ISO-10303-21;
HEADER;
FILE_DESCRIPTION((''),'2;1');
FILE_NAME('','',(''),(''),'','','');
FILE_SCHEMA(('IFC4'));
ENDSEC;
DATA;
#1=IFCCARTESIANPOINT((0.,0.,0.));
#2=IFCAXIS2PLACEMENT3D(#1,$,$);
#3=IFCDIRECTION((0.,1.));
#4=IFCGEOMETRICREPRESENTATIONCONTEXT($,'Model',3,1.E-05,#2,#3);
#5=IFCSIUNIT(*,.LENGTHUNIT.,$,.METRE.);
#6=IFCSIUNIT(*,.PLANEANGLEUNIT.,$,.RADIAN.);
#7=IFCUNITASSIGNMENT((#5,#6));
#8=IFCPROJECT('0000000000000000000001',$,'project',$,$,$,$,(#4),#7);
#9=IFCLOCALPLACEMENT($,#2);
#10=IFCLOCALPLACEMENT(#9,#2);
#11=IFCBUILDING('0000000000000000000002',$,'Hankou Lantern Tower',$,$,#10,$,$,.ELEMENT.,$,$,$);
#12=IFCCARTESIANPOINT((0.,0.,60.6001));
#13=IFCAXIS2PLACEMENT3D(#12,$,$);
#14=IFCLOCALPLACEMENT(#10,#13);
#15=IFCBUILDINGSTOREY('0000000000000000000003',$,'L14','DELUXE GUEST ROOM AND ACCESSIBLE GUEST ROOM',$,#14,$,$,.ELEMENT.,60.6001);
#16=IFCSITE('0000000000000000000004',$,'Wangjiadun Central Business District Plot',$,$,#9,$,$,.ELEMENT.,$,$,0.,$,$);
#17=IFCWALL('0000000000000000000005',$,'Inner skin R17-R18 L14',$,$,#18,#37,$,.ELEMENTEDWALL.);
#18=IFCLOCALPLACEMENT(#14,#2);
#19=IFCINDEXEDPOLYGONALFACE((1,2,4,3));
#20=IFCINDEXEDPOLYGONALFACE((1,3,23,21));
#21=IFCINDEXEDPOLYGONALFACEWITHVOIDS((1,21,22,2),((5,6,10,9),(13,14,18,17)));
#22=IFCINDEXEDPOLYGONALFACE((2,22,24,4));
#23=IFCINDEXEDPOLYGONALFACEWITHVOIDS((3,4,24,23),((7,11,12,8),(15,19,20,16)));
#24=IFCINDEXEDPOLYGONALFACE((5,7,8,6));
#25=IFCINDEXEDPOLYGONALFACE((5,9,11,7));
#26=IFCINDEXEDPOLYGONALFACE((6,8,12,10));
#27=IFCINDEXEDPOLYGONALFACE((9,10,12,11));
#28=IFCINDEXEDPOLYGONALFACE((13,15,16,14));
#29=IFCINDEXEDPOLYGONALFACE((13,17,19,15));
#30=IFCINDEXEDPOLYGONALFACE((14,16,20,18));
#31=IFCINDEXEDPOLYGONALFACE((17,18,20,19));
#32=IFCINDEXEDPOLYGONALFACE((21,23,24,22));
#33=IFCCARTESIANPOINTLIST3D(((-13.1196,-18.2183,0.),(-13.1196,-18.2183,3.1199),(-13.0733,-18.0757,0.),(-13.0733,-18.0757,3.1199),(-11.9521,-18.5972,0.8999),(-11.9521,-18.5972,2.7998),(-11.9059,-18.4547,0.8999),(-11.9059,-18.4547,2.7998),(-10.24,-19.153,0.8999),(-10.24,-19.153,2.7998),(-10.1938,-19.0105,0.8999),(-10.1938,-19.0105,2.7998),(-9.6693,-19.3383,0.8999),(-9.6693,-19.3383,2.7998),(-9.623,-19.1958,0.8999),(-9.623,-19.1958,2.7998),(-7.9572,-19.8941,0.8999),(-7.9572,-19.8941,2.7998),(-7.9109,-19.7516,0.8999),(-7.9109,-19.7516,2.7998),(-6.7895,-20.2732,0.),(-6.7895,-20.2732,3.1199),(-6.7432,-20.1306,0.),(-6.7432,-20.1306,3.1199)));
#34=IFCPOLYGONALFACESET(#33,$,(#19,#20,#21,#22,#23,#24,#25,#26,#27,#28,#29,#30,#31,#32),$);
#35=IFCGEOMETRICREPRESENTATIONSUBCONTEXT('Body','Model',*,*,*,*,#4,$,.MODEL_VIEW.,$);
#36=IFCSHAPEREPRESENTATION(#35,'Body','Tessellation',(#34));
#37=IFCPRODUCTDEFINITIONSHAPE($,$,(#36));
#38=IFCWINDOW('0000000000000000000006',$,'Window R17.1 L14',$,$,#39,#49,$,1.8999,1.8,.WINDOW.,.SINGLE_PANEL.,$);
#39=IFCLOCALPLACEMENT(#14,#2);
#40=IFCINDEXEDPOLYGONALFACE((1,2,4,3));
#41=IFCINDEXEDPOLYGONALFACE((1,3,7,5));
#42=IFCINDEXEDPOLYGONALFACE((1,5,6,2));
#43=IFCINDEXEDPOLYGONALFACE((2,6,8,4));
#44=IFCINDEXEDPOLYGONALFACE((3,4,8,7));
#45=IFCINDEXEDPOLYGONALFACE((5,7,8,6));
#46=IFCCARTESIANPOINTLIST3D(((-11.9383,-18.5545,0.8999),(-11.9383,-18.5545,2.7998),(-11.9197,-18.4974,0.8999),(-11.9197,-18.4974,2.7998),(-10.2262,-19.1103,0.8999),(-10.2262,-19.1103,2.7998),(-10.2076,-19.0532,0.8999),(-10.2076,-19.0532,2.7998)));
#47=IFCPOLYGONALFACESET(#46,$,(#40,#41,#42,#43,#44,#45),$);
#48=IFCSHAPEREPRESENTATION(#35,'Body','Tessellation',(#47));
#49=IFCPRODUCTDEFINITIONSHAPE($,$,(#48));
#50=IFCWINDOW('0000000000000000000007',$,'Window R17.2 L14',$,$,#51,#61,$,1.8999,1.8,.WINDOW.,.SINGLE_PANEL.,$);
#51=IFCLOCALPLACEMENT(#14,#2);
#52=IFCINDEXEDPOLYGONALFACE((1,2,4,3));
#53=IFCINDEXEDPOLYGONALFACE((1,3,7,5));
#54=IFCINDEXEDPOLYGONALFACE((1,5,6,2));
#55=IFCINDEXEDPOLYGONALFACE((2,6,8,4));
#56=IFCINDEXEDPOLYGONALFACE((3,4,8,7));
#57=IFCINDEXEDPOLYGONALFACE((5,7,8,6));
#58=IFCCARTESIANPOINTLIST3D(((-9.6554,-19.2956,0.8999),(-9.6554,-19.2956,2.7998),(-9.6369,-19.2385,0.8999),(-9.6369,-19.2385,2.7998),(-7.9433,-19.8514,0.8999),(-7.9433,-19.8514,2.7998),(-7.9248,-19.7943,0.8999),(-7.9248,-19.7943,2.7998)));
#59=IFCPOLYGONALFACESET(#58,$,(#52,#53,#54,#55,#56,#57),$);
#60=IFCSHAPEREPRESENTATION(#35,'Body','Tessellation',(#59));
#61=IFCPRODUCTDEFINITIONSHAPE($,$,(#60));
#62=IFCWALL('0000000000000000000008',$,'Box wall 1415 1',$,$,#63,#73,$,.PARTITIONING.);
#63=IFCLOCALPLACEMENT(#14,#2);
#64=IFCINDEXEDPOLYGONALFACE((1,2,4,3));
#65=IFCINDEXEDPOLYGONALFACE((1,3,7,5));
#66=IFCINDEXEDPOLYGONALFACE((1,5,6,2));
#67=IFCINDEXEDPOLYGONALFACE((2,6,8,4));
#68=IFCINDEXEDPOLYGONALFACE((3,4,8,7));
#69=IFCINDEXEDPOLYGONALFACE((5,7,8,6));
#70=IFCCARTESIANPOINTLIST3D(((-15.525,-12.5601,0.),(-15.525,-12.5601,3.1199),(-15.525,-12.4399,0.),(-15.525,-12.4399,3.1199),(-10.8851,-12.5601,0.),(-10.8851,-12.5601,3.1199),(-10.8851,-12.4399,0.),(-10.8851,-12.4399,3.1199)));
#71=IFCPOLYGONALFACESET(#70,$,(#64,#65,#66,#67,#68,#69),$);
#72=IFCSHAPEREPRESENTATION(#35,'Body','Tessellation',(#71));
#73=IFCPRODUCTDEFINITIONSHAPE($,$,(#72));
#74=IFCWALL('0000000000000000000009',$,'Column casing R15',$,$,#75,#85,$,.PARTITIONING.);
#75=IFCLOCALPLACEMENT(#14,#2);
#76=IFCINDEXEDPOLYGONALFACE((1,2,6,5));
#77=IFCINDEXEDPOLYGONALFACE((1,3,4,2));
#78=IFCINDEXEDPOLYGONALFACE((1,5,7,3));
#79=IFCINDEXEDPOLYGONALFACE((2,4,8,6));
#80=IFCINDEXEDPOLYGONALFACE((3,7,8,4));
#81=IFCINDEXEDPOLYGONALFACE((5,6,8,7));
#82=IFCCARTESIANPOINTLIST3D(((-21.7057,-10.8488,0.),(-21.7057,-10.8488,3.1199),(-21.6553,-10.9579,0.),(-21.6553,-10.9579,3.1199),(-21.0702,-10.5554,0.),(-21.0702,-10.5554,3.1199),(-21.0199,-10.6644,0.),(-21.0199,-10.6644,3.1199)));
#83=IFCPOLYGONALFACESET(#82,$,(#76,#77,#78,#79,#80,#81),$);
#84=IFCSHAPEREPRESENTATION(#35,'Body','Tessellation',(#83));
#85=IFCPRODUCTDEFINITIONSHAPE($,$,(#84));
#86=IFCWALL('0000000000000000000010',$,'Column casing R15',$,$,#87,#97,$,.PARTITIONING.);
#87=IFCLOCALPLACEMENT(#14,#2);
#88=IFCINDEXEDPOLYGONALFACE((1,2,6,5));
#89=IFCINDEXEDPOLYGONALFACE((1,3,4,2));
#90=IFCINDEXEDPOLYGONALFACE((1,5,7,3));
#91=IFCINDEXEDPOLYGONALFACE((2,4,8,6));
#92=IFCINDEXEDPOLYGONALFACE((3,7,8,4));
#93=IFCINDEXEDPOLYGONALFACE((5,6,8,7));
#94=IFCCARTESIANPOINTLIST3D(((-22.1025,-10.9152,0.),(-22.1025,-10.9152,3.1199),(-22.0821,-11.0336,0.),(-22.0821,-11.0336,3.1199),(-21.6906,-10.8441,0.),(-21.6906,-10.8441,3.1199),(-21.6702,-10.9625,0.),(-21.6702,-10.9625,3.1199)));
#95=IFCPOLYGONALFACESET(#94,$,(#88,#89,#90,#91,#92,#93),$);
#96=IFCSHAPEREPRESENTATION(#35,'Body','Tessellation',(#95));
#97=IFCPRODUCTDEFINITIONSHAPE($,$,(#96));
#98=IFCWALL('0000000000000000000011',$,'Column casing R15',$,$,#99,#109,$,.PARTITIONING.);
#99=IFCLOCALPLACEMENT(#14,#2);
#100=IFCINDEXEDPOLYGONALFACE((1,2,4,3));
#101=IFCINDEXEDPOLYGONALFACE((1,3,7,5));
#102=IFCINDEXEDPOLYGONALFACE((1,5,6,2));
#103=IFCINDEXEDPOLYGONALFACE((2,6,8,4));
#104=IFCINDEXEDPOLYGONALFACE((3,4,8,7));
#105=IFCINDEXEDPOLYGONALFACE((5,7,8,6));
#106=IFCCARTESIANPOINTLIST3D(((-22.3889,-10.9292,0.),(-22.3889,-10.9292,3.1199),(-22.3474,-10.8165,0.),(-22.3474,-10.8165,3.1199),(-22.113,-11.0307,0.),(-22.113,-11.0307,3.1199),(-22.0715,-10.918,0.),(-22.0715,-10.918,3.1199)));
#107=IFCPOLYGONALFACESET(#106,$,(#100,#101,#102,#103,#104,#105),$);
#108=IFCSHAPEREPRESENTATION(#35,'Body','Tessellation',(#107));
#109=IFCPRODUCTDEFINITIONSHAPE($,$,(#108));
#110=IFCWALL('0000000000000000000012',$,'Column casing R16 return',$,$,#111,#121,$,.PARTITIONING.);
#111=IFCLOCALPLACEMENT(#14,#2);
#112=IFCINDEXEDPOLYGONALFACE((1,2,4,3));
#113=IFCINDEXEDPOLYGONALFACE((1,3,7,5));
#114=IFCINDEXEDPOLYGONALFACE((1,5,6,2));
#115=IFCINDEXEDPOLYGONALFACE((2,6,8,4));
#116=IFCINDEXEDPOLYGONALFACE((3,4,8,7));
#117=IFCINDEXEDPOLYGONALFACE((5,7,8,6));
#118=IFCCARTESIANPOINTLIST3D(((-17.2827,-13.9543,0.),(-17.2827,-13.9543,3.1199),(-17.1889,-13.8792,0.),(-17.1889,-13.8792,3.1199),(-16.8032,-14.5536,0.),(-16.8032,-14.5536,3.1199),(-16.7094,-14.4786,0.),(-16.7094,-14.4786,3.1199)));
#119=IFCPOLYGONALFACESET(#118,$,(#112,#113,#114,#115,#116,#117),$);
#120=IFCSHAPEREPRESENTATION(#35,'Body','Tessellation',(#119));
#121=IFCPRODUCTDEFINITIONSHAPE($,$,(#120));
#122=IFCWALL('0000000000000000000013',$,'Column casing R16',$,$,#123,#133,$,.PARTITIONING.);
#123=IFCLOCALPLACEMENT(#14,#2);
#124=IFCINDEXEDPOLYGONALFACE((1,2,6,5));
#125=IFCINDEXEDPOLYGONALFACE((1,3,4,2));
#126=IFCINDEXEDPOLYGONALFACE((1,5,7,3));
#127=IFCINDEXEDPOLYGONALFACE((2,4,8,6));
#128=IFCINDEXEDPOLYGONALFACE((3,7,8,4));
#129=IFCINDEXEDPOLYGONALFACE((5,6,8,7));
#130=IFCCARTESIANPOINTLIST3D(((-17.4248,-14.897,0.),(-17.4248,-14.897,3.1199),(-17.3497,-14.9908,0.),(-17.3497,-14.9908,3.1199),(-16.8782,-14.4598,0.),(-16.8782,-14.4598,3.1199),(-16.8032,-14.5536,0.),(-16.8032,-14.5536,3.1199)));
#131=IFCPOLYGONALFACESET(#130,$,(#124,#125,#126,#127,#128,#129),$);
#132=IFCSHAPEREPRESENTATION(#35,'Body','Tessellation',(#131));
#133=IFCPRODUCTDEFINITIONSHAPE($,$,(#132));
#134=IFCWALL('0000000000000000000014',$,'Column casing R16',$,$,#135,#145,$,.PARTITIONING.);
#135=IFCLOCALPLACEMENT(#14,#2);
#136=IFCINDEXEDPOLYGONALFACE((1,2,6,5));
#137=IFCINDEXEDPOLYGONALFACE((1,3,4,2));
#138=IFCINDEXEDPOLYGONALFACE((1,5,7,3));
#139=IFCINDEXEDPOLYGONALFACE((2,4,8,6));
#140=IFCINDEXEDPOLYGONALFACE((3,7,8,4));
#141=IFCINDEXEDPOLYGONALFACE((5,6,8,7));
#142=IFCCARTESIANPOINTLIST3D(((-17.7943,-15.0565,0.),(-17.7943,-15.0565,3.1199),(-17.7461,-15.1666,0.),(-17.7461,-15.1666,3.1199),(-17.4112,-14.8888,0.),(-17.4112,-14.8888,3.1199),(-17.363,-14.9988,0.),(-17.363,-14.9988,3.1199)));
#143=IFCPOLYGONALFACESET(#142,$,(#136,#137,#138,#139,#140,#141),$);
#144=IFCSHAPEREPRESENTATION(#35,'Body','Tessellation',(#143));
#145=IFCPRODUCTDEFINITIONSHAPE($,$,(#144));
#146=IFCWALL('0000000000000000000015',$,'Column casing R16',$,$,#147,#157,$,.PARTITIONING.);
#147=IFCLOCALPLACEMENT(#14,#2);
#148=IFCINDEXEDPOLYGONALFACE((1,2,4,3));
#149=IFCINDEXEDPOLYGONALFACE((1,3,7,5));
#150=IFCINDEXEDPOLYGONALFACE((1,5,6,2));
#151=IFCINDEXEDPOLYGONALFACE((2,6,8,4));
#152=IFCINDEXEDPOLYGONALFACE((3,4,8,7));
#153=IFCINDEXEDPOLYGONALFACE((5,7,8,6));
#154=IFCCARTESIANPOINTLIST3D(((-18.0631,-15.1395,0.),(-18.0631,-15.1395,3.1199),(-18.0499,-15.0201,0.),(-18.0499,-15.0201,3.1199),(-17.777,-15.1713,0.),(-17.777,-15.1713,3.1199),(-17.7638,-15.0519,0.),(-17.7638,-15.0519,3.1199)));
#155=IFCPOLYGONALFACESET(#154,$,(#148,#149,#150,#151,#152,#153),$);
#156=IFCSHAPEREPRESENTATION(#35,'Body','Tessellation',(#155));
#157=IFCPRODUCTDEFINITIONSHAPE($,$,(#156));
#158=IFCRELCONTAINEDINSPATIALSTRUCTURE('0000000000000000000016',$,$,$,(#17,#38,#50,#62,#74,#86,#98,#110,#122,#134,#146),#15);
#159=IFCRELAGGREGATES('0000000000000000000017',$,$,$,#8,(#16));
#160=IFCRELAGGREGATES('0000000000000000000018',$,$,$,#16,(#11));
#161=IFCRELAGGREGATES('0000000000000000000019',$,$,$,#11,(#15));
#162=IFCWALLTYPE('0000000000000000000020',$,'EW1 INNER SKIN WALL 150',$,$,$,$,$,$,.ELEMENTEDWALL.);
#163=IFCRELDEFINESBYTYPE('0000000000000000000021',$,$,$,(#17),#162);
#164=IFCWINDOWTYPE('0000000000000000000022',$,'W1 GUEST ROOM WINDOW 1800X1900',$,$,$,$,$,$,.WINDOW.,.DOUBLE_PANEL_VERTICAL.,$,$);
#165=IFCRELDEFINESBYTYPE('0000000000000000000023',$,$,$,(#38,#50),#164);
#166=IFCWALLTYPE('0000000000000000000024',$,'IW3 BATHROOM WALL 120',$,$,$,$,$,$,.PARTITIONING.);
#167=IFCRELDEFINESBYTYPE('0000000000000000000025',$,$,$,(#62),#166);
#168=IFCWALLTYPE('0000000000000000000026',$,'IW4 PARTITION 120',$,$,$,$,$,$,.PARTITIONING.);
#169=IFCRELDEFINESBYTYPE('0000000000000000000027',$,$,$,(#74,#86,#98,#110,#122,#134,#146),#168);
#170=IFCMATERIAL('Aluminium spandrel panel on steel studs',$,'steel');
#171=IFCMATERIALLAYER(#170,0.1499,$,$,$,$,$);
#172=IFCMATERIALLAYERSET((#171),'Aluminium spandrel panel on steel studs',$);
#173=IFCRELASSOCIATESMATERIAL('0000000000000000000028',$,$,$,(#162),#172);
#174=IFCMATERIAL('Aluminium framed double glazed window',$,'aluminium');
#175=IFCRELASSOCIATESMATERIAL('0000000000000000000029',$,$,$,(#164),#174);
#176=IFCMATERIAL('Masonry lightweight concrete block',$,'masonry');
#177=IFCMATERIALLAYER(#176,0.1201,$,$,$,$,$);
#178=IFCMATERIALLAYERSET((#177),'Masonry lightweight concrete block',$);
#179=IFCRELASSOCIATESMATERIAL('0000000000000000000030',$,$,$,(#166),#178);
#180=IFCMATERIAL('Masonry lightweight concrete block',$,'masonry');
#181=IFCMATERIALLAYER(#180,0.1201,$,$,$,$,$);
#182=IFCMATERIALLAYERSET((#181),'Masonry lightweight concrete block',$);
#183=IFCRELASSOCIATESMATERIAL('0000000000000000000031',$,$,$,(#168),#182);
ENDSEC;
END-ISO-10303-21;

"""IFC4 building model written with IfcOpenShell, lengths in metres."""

from ifc_helpers import new_model, si_unit, direction, frame, frame_2d, origin, place, context, subcontext, project, spatial, rectangle, extrude, material, layer, layer_set, type_object, element, fill, save


model = new_model("IFC4")

# Units and contexts
model_context = context("Model", 3, precision=1e-05, world=origin(), true_north=direction((0.0, 1.0)))
body_context = subcontext(model_context, "Body", "Model", "MODEL_VIEW")
ifc_project = project(units=[si_unit("LENGTHUNIT", "METRE"), si_unit("PLANEANGLEUNIT", "RADIAN")], contexts=[model_context])

# Site, building, storey
site_placement = place(None, origin())
site = spatial("IfcSite", under=ifc_project, at=site_placement, Name="Wangjiadun Central Business District Plot", CompositionType="ELEMENT", RefElevation=0.0)
building_placement = place(site_placement, origin())
building = spatial("IfcBuilding", under=site, at=building_placement, Name="Hankou Lantern Tower", CompositionType="ELEMENT")
storey_placement = place(building_placement, frame((0.0, 0.0, 60.6001)))
storey = spatial("IfcBuildingStorey", under=building, at=storey_placement, Name="L14", Description="DELUXE GUEST ROOM AND ACCESSIBLE GUEST ROOM", CompositionType="ELEMENT", Elevation=60.6001)

# Wall, openings, windows
ifc_material_1 = material(Name="Aluminium spandrel panel on steel studs", Category="steel")
ifc_layer_1 = layer(ifc_material_1, 0.1499)
ifc_layer_set_1 = layer_set([ifc_layer_1], Name="Aluminium spandrel panel on steel studs")
wall_type_1 = type_object("IfcWallType", Name="EW1 INNER SKIN WALL 150", PredefinedType="ELEMENTEDWALL", material=ifc_layer_set_1)
ifc_material_2 = material(Name="Aluminium framed double glazed window", Category="aluminium")
window_type = type_object("IfcWindowType", Name="W1 GUEST ROOM WINDOW 1800X1900", PartitioningType="DOUBLE_PANEL_VERTICAL", PredefinedType="WINDOW", material=ifc_material_2)
wall_1_placement = place(storey_placement, frame((-13.0964, -18.147, 0.0), z_axis=(0.0, 0.0, 1.0), x_axis=(0.951138, -0.308768, 0.0)))
wall_1 = element("IfcWall", 1, at=wall_1_placement, inside=storey, type_object=wall_type_1, Name="Inner skin R17-R18 L14", PredefinedType="ELEMENTEDWALL", context=body_context, shape_type="SweptSolid", body=[
    extrude(rectangle(XDim=6.6553, YDim=0.1499, at=frame_2d((3.3276, 0.0))), origin(), (0.0, 0.0, 1.0), 3.1199),
])
opening_1_placement = place(wall_1_placement, frame((1.2275, 0.0, 0.8999)))
opening_1 = element("IfcOpeningElement", 2, at=opening_1_placement, cuts=wall_1, PredefinedType="OPENING", context=body_context, shape_type="SweptSolid", body=[
    extrude(rectangle(XDim=1.8, YDim=1.8999, at=frame_2d((0.8999, 0.95))), frame((0.0, 0.085, 0.0), z_axis=(0.0, -1.0, 0.0), x_axis=(1.0, 0.0, 0.0)), (0.0, 0.0, 1.0), 0.1699),
])
opening_2_placement = place(wall_1_placement, frame((3.6277, 0.0, 0.8999)))
opening_2 = element("IfcOpeningElement", 3, at=opening_2_placement, cuts=wall_1, PredefinedType="OPENING", context=body_context, shape_type="SweptSolid", body=[
    extrude(rectangle(XDim=1.8, YDim=1.8999, at=frame_2d((0.8999, 0.95))), frame((0.0, 0.085, 0.0), z_axis=(0.0, -1.0, 0.0), x_axis=(1.0, 0.0, 0.0)), (0.0, 0.0, 1.0), 0.1699),
])
window_1_placement = place(opening_1_placement, origin())
window_1 = element("IfcWindow", 4, at=window_1_placement, inside=storey, type_object=window_type, Name="Window R17.1 L14", OverallHeight=1.8999, OverallWidth=1.8, PartitioningType="SINGLE_PANEL", PredefinedType="WINDOW", context=body_context, shape_type="SweptSolid", body=[
    extrude(rectangle(XDim=1.8, YDim=1.8999, at=frame_2d((0.8999, 0.95))), frame((0.0, 0.03, 0.0), z_axis=(0.0, -1.0, 0.0), x_axis=(1.0, 0.0, 0.0)), (0.0, 0.0, 1.0), 0.0601),
])
fill(opening_1, window_1)
window_2_placement = place(opening_2_placement, origin())
window_2 = element("IfcWindow", 5, at=window_2_placement, inside=storey, type_object=window_type, Name="Window R17.2 L14", OverallHeight=1.8999, OverallWidth=1.8, PartitioningType="SINGLE_PANEL", PredefinedType="WINDOW", context=body_context, shape_type="SweptSolid", body=[
    extrude(rectangle(XDim=1.8, YDim=1.8999, at=frame_2d((0.8999, 0.95))), frame((0.0, 0.03, 0.0), z_axis=(0.0, -1.0, 0.0), x_axis=(1.0, 0.0, 0.0)), (0.0, 0.0, 1.0), 0.0601),
])
fill(opening_2, window_2)

# Walls
ifc_material_3 = material(Name="Masonry lightweight concrete block", Category="masonry")
ifc_layer_2 = layer(ifc_material_3, 0.1201)
ifc_layer_set_2 = layer_set([ifc_layer_2], Name="Masonry lightweight concrete block")
wall_type_2 = type_object("IfcWallType", Name="IW3 BATHROOM WALL 120", PredefinedType="PARTITIONING", material=ifc_layer_set_2)
wall_2_placement = place(storey_placement, frame((-15.5249, -12.5, 0.0), z_axis=(0.0, 0.0, 1.0), x_axis=(1.0, 0.0, 0.0)))
element("IfcWall", 6, at=wall_2_placement, inside=storey, type_object=wall_type_2, Name="Box wall 1415 1", PredefinedType="PARTITIONING", context=body_context, shape_type="SweptSolid", body=[
    extrude(rectangle(XDim=4.6399, YDim=0.1201, at=frame_2d((2.3198, 0.0))), origin(), (0.0, 0.0, 1.0), 3.1199),
])
ifc_material_4 = material(Name="Masonry lightweight concrete block", Category="masonry")
ifc_layer_3 = layer(ifc_material_4, 0.1201)
ifc_layer_set_3 = layer_set([ifc_layer_3], Name="Masonry lightweight concrete block")
wall_type_3 = type_object("IfcWallType", Name="IW4 PARTITION 120", PredefinedType="PARTITIONING", material=ifc_layer_set_3)
wall_3_placement = place(storey_placement, frame((-21.0449, -10.6099, 0.0), z_axis=(0.0, 0.0, 1.0), x_axis=(-0.907878, -0.419235, 0.0)))
element("IfcWall", 7, at=wall_3_placement, inside=storey, type_object=wall_type_3, Name="Column casing R15", PredefinedType="PARTITIONING", context=body_context, shape_type="SweptSolid", body=[
    extrude(rectangle(XDim=0.7, YDim=0.1201, at=frame_2d((0.3501, 0.0))), origin(), (0.0, 0.0, 1.0), 3.1199),
])
wall_4_placement = place(storey_placement, frame((-21.6804, -10.9033, 0.0), z_axis=(0.0, 0.0, 1.0), x_axis=(-0.985447, -0.169985, 0.0)))
element("IfcWall", 8, at=wall_4_placement, inside=storey, type_object=wall_type_3, Name="Column casing R15", PredefinedType="PARTITIONING", context=body_context, shape_type="SweptSolid", body=[
    extrude(rectangle(XDim=0.418, YDim=0.1201, at=frame_2d((0.209, 0.0))), origin(), (0.0, 0.0, 1.0), 3.1199),
])
wall_5_placement = place(storey_placement, frame((-22.0923, -10.9744, 0.0), z_axis=(0.0, 0.0, 1.0), x_axis=(-0.938428, 0.345474, 0.0)))
element("IfcWall", 9, at=wall_5_placement, inside=storey, type_object=wall_type_3, Name="Column casing R15", PredefinedType="PARTITIONING", context=body_context, shape_type="SweptSolid", body=[
    extrude(rectangle(XDim=0.2939, YDim=0.1201, at=frame_2d((0.147, 0.0))), origin(), (0.0, 0.0, 1.0), 3.1199),
])
wall_6_placement = place(storey_placement, frame((-17.2358, -13.9167, 0.0), z_axis=(0.0, 0.0, 1.0), x_axis=(0.624695, -0.780869, 0.0)))
element("IfcWall", 10, at=wall_6_placement, inside=storey, type_object=wall_type_3, Name="Column casing R16 return", PredefinedType="PARTITIONING", context=body_context, shape_type="SweptSolid", body=[
    extrude(rectangle(XDim=0.7676, YDim=0.1201, at=frame_2d((0.3838, 0.0))), origin(), (0.0, 0.0, 1.0), 3.1199),
])
wall_7_placement = place(storey_placement, frame((-16.8406, -14.5066, 0.0), z_axis=(0.0, 0.0, 1.0), x_axis=(-0.780903, -0.624653, 0.0)))
element("IfcWall", 11, at=wall_7_placement, inside=storey, type_object=wall_type_3, Name="Column casing R16", PredefinedType="PARTITIONING", context=body_context, shape_type="SweptSolid", body=[
    extrude(rectangle(XDim=0.7, YDim=0.1201, at=frame_2d((0.3501, 0.0))), origin(), (0.0, 0.0, 1.0), 3.1199),
])
wall_8_placement = place(storey_placement, frame((-17.3872, -14.9438, 0.0), z_axis=(0.0, 0.0, 1.0), x_axis=(-0.916037, -0.401094, 0.0)))
element("IfcWall", 12, at=wall_8_placement, inside=storey, type_object=wall_type_3, Name="Column casing R16", PredefinedType="PARTITIONING", context=body_context, shape_type="SweptSolid", body=[
    extrude(rectangle(XDim=0.4182, YDim=0.1201, at=frame_2d((0.209, 0.0))), origin(), (0.0, 0.0, 1.0), 3.1199),
])
wall_9_placement = place(storey_placement, frame((-17.7703, -15.1116, 0.0), z_axis=(0.0, 0.0, 1.0), x_axis=(-0.993904, 0.110245, 0.0)))
element("IfcWall", 13, at=wall_9_placement, inside=storey, type_object=wall_type_3, Name="Column casing R16", PredefinedType="PARTITIONING", context=body_context, shape_type="SweptSolid", body=[
    extrude(rectangle(XDim=0.2878, YDim=0.1201, at=frame_2d((0.144, 0.0))), origin(), (0.0, 0.0, 1.0), 3.1199),
])

save(model, "model.ifc")
